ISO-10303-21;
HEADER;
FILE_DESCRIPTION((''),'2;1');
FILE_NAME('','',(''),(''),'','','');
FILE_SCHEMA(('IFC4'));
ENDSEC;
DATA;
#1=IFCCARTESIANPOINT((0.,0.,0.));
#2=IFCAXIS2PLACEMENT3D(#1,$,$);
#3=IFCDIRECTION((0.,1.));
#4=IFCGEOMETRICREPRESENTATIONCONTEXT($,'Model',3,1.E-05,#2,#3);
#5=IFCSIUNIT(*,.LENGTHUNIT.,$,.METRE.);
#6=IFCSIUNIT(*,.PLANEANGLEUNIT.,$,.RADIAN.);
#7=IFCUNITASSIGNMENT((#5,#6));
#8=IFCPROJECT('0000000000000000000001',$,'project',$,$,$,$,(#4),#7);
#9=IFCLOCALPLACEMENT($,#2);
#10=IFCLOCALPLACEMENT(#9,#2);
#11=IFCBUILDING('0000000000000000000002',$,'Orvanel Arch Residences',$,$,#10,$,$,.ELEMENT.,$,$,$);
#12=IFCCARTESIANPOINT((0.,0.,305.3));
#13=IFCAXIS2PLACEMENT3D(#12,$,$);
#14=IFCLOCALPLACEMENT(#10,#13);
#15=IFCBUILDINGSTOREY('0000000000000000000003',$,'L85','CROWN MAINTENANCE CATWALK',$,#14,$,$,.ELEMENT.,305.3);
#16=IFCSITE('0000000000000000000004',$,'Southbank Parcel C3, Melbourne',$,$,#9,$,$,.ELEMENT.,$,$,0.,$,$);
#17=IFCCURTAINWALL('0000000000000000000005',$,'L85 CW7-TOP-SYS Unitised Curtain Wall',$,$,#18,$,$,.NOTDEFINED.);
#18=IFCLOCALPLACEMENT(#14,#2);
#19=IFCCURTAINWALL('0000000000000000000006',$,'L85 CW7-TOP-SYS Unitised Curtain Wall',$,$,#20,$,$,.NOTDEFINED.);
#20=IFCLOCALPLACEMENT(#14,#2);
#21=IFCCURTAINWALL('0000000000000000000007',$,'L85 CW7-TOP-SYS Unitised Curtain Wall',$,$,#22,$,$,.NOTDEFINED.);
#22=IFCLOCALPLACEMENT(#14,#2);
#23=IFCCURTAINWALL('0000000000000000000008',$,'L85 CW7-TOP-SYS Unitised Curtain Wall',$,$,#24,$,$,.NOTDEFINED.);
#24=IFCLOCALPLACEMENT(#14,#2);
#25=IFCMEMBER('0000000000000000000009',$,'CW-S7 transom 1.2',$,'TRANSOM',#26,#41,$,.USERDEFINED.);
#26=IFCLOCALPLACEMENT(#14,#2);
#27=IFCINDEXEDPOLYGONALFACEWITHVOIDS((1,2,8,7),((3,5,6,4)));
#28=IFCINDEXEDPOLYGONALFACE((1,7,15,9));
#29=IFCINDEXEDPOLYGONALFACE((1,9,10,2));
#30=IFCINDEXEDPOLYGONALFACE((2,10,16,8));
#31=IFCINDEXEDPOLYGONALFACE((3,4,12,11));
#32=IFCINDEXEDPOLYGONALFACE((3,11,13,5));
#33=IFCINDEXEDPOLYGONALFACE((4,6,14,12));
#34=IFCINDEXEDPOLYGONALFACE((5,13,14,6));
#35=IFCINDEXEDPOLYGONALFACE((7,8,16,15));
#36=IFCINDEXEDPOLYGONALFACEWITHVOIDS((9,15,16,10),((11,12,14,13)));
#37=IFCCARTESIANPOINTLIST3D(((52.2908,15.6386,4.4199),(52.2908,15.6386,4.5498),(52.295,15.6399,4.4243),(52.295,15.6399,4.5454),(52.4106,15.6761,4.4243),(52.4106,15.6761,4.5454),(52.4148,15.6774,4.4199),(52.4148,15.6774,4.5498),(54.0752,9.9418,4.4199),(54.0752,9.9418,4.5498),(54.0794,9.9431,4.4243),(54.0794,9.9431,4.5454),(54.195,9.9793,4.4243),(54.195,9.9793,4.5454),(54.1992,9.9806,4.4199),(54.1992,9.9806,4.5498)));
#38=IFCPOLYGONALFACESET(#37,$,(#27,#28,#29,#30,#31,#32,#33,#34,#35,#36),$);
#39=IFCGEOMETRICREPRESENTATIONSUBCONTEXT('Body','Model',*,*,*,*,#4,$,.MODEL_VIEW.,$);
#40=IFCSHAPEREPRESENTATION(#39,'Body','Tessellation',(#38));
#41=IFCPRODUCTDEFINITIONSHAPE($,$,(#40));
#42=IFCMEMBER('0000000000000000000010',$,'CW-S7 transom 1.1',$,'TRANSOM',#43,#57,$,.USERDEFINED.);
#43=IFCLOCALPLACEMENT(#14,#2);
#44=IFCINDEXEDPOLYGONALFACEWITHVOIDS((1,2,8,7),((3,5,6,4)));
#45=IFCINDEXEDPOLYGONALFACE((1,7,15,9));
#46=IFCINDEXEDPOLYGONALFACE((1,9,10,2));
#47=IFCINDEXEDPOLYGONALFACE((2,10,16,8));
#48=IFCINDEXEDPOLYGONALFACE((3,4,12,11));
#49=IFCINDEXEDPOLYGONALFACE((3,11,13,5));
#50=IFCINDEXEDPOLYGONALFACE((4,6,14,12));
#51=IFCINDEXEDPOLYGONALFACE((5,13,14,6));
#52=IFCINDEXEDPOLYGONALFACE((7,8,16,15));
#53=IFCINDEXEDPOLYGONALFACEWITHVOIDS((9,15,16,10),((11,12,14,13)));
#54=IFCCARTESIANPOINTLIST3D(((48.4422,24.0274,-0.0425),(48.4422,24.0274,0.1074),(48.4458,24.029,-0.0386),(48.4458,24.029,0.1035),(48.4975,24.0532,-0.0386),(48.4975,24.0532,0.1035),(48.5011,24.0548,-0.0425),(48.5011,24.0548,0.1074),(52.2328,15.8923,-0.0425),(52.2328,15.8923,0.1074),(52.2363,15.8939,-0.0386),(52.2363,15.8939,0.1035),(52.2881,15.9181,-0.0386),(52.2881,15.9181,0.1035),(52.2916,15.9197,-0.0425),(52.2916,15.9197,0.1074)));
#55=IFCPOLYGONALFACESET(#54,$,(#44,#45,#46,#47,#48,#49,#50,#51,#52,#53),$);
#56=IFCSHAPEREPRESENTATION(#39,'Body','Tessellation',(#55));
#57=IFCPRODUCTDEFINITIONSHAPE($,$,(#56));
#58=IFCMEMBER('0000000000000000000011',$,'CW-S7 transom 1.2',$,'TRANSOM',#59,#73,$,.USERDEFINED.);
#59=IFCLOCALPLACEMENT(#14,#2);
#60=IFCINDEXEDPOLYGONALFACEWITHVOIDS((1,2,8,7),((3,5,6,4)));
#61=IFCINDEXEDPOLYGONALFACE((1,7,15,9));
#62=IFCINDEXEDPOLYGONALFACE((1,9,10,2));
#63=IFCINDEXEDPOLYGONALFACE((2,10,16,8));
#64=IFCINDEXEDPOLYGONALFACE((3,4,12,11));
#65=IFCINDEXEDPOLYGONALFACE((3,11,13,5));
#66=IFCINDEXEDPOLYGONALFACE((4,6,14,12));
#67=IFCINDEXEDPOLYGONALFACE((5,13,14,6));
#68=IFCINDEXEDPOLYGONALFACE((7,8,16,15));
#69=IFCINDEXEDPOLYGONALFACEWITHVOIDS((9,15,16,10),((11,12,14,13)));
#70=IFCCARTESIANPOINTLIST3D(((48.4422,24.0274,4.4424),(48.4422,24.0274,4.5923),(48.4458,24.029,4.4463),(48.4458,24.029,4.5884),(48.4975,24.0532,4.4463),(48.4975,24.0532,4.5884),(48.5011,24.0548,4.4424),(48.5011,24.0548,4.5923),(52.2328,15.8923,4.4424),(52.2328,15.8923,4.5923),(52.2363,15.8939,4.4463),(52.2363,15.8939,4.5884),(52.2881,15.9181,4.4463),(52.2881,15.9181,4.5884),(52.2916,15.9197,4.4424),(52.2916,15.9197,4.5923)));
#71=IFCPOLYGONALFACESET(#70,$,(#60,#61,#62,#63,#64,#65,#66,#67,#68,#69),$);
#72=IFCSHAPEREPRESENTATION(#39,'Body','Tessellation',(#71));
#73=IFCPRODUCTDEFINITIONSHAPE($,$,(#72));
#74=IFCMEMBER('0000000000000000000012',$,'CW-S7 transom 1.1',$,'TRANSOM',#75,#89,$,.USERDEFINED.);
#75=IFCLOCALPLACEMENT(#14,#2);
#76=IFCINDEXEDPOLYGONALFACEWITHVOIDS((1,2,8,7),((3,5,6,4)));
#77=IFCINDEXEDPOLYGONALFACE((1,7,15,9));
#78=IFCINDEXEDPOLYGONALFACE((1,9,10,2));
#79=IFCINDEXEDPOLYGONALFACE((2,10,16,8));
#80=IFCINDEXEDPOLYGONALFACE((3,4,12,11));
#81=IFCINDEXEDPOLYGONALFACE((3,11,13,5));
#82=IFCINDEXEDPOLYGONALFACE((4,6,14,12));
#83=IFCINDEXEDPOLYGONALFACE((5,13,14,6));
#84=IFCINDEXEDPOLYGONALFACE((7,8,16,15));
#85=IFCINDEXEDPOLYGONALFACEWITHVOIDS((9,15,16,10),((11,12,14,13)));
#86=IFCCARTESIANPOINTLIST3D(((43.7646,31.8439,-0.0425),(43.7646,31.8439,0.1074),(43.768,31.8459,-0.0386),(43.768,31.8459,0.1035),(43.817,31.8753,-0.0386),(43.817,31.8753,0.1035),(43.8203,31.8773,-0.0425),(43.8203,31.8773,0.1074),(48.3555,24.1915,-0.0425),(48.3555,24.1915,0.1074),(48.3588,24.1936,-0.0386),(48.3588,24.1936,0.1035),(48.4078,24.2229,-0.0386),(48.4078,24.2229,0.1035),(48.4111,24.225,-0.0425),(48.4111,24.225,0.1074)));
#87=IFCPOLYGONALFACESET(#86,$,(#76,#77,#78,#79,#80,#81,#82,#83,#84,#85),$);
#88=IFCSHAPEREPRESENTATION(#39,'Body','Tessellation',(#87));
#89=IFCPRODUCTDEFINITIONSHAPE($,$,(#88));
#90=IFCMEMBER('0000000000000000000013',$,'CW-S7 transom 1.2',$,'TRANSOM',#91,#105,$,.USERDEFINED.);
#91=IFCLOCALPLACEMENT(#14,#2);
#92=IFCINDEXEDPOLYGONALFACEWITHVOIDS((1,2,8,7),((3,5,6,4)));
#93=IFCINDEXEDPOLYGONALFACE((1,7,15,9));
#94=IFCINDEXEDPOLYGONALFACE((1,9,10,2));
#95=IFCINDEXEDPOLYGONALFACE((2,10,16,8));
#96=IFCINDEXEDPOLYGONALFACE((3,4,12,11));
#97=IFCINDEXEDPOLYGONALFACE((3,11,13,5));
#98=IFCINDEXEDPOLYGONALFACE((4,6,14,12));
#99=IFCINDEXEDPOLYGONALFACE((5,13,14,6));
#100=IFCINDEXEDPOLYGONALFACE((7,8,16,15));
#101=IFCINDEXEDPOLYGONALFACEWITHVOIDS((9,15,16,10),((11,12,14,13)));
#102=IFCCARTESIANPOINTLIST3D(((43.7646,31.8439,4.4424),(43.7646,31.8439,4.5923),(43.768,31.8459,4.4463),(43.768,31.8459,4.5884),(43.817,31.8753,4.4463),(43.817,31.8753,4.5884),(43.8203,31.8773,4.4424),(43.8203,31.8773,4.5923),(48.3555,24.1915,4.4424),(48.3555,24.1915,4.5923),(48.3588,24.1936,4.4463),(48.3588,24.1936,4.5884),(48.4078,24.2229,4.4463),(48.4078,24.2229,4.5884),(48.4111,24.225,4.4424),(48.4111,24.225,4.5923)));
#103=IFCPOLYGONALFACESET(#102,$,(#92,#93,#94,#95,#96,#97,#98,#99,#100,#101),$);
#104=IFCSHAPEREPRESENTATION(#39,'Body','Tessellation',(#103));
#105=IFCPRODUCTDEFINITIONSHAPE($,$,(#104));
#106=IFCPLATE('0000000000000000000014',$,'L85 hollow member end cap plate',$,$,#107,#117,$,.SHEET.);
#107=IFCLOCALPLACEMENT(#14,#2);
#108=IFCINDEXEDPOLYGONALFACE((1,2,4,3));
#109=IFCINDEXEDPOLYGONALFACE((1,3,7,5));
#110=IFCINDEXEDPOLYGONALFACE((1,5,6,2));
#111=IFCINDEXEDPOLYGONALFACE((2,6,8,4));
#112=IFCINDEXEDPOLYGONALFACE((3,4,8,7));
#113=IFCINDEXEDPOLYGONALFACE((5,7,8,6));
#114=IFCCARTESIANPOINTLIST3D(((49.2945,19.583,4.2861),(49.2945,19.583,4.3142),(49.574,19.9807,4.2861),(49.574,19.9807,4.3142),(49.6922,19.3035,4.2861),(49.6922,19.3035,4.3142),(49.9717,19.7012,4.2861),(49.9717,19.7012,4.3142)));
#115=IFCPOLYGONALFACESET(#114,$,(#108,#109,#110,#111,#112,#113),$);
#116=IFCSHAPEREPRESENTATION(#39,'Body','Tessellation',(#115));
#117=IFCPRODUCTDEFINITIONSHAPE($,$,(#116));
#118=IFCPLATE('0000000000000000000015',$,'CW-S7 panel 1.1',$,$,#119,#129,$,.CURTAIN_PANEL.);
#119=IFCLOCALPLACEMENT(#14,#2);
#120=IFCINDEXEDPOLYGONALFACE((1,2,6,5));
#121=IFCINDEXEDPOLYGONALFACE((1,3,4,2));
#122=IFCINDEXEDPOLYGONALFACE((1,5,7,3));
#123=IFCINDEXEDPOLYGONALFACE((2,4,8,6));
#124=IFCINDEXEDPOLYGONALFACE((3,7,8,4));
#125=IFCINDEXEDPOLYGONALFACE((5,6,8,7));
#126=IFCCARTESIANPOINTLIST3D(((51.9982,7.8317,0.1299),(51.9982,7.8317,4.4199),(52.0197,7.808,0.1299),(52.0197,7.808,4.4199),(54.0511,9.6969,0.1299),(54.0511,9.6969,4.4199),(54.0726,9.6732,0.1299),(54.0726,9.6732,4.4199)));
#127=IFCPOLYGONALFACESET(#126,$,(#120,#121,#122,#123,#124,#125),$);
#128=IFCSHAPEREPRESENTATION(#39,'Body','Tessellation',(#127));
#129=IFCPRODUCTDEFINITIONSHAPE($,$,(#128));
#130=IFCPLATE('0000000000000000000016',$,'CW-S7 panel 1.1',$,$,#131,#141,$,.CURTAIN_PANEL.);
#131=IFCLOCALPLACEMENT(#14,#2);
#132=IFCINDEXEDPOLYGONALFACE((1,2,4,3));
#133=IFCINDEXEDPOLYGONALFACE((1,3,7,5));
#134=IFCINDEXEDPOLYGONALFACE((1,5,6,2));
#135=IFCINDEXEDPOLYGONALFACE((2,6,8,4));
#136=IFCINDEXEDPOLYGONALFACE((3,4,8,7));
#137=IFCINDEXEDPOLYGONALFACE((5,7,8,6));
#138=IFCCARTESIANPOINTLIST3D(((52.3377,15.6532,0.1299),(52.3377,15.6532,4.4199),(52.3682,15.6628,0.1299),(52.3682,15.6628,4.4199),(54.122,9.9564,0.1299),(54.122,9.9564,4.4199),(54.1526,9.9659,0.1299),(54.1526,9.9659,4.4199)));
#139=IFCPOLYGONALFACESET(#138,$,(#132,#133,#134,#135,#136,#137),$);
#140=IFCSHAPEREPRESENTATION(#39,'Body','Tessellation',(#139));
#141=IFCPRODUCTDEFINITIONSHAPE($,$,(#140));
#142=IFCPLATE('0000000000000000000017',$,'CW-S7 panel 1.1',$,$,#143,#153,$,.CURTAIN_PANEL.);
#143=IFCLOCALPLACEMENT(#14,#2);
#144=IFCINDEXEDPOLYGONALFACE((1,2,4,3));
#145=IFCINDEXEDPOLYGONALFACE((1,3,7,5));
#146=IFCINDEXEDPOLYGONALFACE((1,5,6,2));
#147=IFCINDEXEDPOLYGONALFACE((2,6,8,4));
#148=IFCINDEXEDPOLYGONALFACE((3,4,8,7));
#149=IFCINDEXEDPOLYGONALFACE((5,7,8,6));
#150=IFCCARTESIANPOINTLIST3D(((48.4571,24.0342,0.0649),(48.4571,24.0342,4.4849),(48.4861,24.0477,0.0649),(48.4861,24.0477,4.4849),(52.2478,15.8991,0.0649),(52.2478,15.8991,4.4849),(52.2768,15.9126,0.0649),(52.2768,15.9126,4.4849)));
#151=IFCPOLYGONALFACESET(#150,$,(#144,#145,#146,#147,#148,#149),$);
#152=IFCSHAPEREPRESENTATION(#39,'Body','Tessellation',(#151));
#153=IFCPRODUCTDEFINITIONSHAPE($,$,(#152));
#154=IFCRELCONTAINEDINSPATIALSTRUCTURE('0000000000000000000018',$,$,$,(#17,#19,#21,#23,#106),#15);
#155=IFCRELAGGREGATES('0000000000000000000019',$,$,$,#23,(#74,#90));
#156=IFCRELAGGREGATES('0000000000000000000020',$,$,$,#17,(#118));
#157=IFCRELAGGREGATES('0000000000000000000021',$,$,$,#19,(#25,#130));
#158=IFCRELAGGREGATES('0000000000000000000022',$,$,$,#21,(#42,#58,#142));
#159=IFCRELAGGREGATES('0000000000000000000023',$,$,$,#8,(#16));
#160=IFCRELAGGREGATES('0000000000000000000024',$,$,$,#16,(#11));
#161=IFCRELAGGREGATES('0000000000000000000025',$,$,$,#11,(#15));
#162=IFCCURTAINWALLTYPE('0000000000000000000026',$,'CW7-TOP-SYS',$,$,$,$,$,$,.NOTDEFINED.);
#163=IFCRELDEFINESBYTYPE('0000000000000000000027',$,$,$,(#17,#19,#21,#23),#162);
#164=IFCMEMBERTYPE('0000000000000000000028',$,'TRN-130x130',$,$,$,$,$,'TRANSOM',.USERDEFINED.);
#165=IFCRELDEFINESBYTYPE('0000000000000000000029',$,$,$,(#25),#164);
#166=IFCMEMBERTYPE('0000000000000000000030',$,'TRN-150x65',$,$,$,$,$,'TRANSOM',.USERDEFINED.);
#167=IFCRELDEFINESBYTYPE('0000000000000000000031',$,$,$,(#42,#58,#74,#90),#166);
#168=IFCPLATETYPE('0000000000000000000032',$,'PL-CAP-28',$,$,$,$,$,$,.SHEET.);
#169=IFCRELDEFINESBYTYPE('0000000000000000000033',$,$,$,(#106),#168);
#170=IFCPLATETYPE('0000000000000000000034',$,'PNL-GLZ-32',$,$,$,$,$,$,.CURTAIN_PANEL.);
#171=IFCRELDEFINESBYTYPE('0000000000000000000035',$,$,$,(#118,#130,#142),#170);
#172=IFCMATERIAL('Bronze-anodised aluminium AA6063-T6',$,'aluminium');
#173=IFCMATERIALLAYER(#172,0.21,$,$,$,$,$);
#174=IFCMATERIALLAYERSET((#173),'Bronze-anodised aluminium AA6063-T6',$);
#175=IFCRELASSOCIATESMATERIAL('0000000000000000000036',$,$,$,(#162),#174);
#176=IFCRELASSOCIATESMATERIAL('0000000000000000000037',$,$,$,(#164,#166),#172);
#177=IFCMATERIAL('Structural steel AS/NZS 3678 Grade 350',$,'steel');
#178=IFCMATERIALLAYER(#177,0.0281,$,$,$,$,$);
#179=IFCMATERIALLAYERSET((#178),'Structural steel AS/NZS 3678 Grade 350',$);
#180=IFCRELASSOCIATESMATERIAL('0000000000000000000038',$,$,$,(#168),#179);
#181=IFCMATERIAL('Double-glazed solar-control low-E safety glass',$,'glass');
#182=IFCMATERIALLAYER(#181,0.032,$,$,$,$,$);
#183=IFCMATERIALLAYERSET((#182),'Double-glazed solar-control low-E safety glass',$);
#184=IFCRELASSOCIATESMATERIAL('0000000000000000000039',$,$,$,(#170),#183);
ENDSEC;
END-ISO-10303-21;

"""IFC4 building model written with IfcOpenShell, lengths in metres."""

from ifc_helpers import new_model, si_unit, direction, frame, origin, origin_2d, place, context, subcontext, project, spatial, rectangle, hollow_rectangle, extrude, material, layer, layer_set, material_profile, profile_set, type_object, element, aggregate, save


model = new_model("IFC4")

# Units and contexts
model_context = context("Model", 3, precision=1e-05, world=origin(), true_north=direction((0.0, 1.0)))
body_context = subcontext(model_context, "Body", "Model", "MODEL_VIEW")
ifc_project = project(units=[si_unit("LENGTHUNIT", "METRE"), si_unit("PLANEANGLEUNIT", "RADIAN")], contexts=[model_context])

# Site, building, storey
site_placement = place(None, origin())
site = spatial("IfcSite", under=ifc_project, at=site_placement, Name="Southbank Parcel C3, Melbourne", CompositionType="ELEMENT", RefElevation=0.0)
building_placement = place(site_placement, origin())
building = spatial("IfcBuilding", under=site, at=building_placement, Name="Orvanel Arch Residences", CompositionType="ELEMENT")
storey_placement = place(building_placement, frame((0.0, 0.0, 305.3)))
storey = spatial("IfcBuildingStorey", under=building, at=storey_placement, Name="L85", Description="CROWN MAINTENANCE CATWALK", CompositionType="ELEMENT", Elevation=305.3)

# Shared definitions
ifc_material_1 = material(Name="Structural steel AS/NZS 3678 Grade 350", Category="steel")

# Curtain walls
ifc_material_2 = material(Name="Bronze-anodised aluminium AA6063-T6", Category="aluminium")
ifc_layer_1 = layer(ifc_material_2, 0.21)
ifc_layer_set_1 = layer_set([ifc_layer_1], Name="Bronze-anodised aluminium AA6063-T6")
curtain_wall_type = type_object("IfcCurtainWallType", Name="CW7-TOP-SYS", PredefinedType="NOTDEFINED", material=ifc_layer_set_1)
curtain_wall_1_placement = place(storey_placement, origin())
curtain_wall_1 = element("IfcCurtainWall", 1, at=curtain_wall_1_placement, inside=storey, type_object=curtain_wall_type, Name="L85 CW7-TOP-SYS Unitised Curtain Wall", PredefinedType="NOTDEFINED")
curtain_wall_2_placement = place(storey_placement, origin())
curtain_wall_2 = element("IfcCurtainWall", 2, at=curtain_wall_2_placement, inside=storey, type_object=curtain_wall_type, Name="L85 CW7-TOP-SYS Unitised Curtain Wall", PredefinedType="NOTDEFINED")

# Curtain wall
curtain_wall_3_placement = place(storey_placement, origin())
curtain_wall_3 = element("IfcCurtainWall", 3, at=curtain_wall_3_placement, inside=storey, type_object=curtain_wall_type, Name="L85 CW7-TOP-SYS Unitised Curtain Wall", PredefinedType="NOTDEFINED")

# Curtain wall
curtain_wall_4_placement = place(storey_placement, origin())
curtain_wall_4 = element("IfcCurtainWall", 4, at=curtain_wall_4_placement, inside=storey, type_object=curtain_wall_type, Name="L85 CW7-TOP-SYS Unitised Curtain Wall", PredefinedType="NOTDEFINED")

# Members
ifc_material_profile_1 = material_profile(ifc_material_2, hollow_rectangle(XDim=0.1299, YDim=0.1299, WallThickness=0.0044, at=origin_2d()), Name="ALU130x130x4.5")
ifc_profile_set_1 = profile_set([ifc_material_profile_1], Name="Bronze-anodised aluminium AA6063-T6")
member_type_1 = type_object("IfcMemberType", Name="TRN-130x130", ElementType="TRANSOM", PredefinedType="USERDEFINED", material=ifc_profile_set_1)
member_1_placement = place(storey_placement, frame((54.1372, 9.9612, 4.4849), z_axis=(-0.298913, 0.95428, 0.0), x_axis=(-0.95428, -0.298913, 0.0)))
member_1 = element("IfcMember", 5, at=member_1_placement, type_object=member_type_1, Name="CW-S7 transom 1.2", ObjectType="TRANSOM", PredefinedType="USERDEFINED", context=body_context, shape_type="SweptSolid", body=[
    extrude(hollow_rectangle(XDim=0.1299, YDim=0.1299, WallThickness=0.0044, at=origin_2d()), origin(), (0.0, 0.0, 1.0), 5.9697),
])
ifc_material_profile_2 = material_profile(ifc_material_2, hollow_rectangle(XDim=0.0649, YDim=0.1499, WallThickness=0.0039, at=origin_2d()), Name="ALU150x65x4")
ifc_profile_set_2 = profile_set([ifc_material_profile_2], Name="Bronze-anodised aluminium AA6063-T6")
member_type_2 = type_object("IfcMemberType", Name="TRN-150x65", ElementType="TRANSOM", PredefinedType="USERDEFINED", material=ifc_profile_set_2)
member_2_placement = place(storey_placement, frame((52.2622, 15.906, 0.0325), z_axis=(-0.422354, 0.906431, 0.0), x_axis=(-0.906431, -0.422354, 0.0)))
member_2 = element("IfcMember", 6, at=member_2_placement, type_object=member_type_2, Name="CW-S7 transom 1.1", ObjectType="TRANSOM", PredefinedType="USERDEFINED", context=body_context, shape_type="SweptSolid", body=[
    extrude(hollow_rectangle(XDim=0.0649, YDim=0.1499, WallThickness=0.0039, at=origin_2d()), origin(), (0.0, 0.0, 1.0), 8.9749),
])
member_3_placement = place(storey_placement, frame((52.2622, 15.906, 4.5173), z_axis=(-0.422354, 0.906431, 0.0), x_axis=(-0.906431, -0.422354, 0.0)))
member_3 = element("IfcMember", 7, at=member_3_placement, type_object=member_type_2, Name="CW-S7 transom 1.2", ObjectType="TRANSOM", PredefinedType="USERDEFINED", context=body_context, shape_type="SweptSolid", body=[
    extrude(hollow_rectangle(XDim=0.0649, YDim=0.1499, WallThickness=0.0039, at=origin_2d()), origin(), (0.0, 0.0, 1.0), 8.9749),
])
member_4_placement = place(storey_placement, frame((48.3833, 24.2083, 0.0325), z_axis=(-0.514447, 0.857522, 0.0), x_axis=(-0.857522, -0.514447, 0.0)))
member_4 = element("IfcMember", 8, at=member_4_placement, type_object=member_type_2, Name="CW-S7 transom 1.1", ObjectType="TRANSOM", PredefinedType="USERDEFINED", context=body_context, shape_type="SweptSolid", body=[
    extrude(hollow_rectangle(XDim=0.0649, YDim=0.1499, WallThickness=0.0039, at=origin_2d()), origin(), (0.0, 0.0, 1.0), 8.9238),
])
member_5_placement = place(storey_placement, frame((48.3833, 24.2083, 4.5173), z_axis=(-0.514447, 0.857522, 0.0), x_axis=(-0.857522, -0.514447, 0.0)))
member_5 = element("IfcMember", 9, at=member_5_placement, type_object=member_type_2, Name="CW-S7 transom 1.2", ObjectType="TRANSOM", PredefinedType="USERDEFINED", context=body_context, shape_type="SweptSolid", body=[
    extrude(hollow_rectangle(XDim=0.0649, YDim=0.1499, WallThickness=0.0039, at=origin_2d()), origin(), (0.0, 0.0, 1.0), 8.9238),
])
aggregate(curtain_wall_4, [member_4, member_5])

# Plates
ifc_layer_2 = layer(ifc_material_1, 0.0281)
ifc_layer_set_2 = layer_set([ifc_layer_2], Name="Structural steel AS/NZS 3678 Grade 350")
plate_type_1 = type_object("IfcPlateType", Name="PL-CAP-28", PredefinedType="SHEET", material=ifc_layer_set_2)
plate_1_placement = place(storey_placement, frame((49.6331, 19.6421, 4.2861), z_axis=(0.0, 0.0, 1.0), x_axis=(-0.81815, 0.575005, 0.0)))
element("IfcPlate", 10, at=plate_1_placement, inside=storey, type_object=plate_type_1, Name="L85 hollow member end cap plate", PredefinedType="SHEET", context=body_context, shape_type="SweptSolid", body=[
    extrude(rectangle(XDim=0.4861, YDim=0.4861, at=origin_2d()), origin(), (0.0, 0.0, 1.0), 0.0281),
])
ifc_material_3 = material(Name="Double-glazed solar-control low-E safety glass", Category="glass")
ifc_layer_3 = layer(ifc_material_3, 0.032)
ifc_layer_set_3 = layer_set([ifc_layer_3], Name="Double-glazed solar-control low-E safety glass")
plate_type_2 = type_object("IfcPlateType", Name="PNL-GLZ-32", PredefinedType="CURTAIN_PANEL", material=ifc_layer_set_3)
plate_2_placement = place(storey_placement, frame((53.0354, 8.7524, 0.1299), z_axis=(0.0, 0.0, 1.0), x_axis=(0.740131, 0.672462, 0.0)))
plate_2 = element("IfcPlate", 11, at=plate_2_placement, type_object=plate_type_2, Name="CW-S7 panel 1.1", PredefinedType="CURTAIN_PANEL", context=body_context, shape_type="SweptSolid", body=[
    extrude(rectangle(XDim=2.7737, YDim=0.032, at=origin_2d()), origin(), (0.0, 0.0, 1.0), 4.29),
])
aggregate(curtain_wall_1, [plate_2])
plate_3_placement = place(storey_placement, frame((53.2451, 12.8096, 0.1299), z_axis=(0.0, 0.0, 1.0), x_axis=(-0.298902, 0.954284, 0.0)))
plate_3 = element("IfcPlate", 12, at=plate_3_placement, type_object=plate_type_2, Name="CW-S7 panel 1.1", PredefinedType="CURTAIN_PANEL", context=body_context, shape_type="SweptSolid", body=[
    extrude(rectangle(XDim=5.9697, YDim=0.032, at=origin_2d()), origin(), (0.0, 0.0, 1.0), 4.29),
])
aggregate(curtain_wall_2, [member_1, plate_3])
plate_4_placement = place(storey_placement, frame((50.3669, 19.9734, 0.0649), z_axis=(0.0, 0.0, 1.0), x_axis=(-0.422363, 0.906427, 0.0)))
plate_4 = element("IfcPlate", 13, at=plate_4_placement, type_object=plate_type_2, Name="CW-S7 panel 1.1", PredefinedType="CURTAIN_PANEL", context=body_context, shape_type="SweptSolid", body=[
    extrude(rectangle(XDim=8.9749, YDim=0.032, at=origin_2d()), origin(), (0.0, 0.0, 1.0), 4.4199),
])
aggregate(curtain_wall_3, [member_2, member_3, plate_4])

save(model, "model.ifc")
